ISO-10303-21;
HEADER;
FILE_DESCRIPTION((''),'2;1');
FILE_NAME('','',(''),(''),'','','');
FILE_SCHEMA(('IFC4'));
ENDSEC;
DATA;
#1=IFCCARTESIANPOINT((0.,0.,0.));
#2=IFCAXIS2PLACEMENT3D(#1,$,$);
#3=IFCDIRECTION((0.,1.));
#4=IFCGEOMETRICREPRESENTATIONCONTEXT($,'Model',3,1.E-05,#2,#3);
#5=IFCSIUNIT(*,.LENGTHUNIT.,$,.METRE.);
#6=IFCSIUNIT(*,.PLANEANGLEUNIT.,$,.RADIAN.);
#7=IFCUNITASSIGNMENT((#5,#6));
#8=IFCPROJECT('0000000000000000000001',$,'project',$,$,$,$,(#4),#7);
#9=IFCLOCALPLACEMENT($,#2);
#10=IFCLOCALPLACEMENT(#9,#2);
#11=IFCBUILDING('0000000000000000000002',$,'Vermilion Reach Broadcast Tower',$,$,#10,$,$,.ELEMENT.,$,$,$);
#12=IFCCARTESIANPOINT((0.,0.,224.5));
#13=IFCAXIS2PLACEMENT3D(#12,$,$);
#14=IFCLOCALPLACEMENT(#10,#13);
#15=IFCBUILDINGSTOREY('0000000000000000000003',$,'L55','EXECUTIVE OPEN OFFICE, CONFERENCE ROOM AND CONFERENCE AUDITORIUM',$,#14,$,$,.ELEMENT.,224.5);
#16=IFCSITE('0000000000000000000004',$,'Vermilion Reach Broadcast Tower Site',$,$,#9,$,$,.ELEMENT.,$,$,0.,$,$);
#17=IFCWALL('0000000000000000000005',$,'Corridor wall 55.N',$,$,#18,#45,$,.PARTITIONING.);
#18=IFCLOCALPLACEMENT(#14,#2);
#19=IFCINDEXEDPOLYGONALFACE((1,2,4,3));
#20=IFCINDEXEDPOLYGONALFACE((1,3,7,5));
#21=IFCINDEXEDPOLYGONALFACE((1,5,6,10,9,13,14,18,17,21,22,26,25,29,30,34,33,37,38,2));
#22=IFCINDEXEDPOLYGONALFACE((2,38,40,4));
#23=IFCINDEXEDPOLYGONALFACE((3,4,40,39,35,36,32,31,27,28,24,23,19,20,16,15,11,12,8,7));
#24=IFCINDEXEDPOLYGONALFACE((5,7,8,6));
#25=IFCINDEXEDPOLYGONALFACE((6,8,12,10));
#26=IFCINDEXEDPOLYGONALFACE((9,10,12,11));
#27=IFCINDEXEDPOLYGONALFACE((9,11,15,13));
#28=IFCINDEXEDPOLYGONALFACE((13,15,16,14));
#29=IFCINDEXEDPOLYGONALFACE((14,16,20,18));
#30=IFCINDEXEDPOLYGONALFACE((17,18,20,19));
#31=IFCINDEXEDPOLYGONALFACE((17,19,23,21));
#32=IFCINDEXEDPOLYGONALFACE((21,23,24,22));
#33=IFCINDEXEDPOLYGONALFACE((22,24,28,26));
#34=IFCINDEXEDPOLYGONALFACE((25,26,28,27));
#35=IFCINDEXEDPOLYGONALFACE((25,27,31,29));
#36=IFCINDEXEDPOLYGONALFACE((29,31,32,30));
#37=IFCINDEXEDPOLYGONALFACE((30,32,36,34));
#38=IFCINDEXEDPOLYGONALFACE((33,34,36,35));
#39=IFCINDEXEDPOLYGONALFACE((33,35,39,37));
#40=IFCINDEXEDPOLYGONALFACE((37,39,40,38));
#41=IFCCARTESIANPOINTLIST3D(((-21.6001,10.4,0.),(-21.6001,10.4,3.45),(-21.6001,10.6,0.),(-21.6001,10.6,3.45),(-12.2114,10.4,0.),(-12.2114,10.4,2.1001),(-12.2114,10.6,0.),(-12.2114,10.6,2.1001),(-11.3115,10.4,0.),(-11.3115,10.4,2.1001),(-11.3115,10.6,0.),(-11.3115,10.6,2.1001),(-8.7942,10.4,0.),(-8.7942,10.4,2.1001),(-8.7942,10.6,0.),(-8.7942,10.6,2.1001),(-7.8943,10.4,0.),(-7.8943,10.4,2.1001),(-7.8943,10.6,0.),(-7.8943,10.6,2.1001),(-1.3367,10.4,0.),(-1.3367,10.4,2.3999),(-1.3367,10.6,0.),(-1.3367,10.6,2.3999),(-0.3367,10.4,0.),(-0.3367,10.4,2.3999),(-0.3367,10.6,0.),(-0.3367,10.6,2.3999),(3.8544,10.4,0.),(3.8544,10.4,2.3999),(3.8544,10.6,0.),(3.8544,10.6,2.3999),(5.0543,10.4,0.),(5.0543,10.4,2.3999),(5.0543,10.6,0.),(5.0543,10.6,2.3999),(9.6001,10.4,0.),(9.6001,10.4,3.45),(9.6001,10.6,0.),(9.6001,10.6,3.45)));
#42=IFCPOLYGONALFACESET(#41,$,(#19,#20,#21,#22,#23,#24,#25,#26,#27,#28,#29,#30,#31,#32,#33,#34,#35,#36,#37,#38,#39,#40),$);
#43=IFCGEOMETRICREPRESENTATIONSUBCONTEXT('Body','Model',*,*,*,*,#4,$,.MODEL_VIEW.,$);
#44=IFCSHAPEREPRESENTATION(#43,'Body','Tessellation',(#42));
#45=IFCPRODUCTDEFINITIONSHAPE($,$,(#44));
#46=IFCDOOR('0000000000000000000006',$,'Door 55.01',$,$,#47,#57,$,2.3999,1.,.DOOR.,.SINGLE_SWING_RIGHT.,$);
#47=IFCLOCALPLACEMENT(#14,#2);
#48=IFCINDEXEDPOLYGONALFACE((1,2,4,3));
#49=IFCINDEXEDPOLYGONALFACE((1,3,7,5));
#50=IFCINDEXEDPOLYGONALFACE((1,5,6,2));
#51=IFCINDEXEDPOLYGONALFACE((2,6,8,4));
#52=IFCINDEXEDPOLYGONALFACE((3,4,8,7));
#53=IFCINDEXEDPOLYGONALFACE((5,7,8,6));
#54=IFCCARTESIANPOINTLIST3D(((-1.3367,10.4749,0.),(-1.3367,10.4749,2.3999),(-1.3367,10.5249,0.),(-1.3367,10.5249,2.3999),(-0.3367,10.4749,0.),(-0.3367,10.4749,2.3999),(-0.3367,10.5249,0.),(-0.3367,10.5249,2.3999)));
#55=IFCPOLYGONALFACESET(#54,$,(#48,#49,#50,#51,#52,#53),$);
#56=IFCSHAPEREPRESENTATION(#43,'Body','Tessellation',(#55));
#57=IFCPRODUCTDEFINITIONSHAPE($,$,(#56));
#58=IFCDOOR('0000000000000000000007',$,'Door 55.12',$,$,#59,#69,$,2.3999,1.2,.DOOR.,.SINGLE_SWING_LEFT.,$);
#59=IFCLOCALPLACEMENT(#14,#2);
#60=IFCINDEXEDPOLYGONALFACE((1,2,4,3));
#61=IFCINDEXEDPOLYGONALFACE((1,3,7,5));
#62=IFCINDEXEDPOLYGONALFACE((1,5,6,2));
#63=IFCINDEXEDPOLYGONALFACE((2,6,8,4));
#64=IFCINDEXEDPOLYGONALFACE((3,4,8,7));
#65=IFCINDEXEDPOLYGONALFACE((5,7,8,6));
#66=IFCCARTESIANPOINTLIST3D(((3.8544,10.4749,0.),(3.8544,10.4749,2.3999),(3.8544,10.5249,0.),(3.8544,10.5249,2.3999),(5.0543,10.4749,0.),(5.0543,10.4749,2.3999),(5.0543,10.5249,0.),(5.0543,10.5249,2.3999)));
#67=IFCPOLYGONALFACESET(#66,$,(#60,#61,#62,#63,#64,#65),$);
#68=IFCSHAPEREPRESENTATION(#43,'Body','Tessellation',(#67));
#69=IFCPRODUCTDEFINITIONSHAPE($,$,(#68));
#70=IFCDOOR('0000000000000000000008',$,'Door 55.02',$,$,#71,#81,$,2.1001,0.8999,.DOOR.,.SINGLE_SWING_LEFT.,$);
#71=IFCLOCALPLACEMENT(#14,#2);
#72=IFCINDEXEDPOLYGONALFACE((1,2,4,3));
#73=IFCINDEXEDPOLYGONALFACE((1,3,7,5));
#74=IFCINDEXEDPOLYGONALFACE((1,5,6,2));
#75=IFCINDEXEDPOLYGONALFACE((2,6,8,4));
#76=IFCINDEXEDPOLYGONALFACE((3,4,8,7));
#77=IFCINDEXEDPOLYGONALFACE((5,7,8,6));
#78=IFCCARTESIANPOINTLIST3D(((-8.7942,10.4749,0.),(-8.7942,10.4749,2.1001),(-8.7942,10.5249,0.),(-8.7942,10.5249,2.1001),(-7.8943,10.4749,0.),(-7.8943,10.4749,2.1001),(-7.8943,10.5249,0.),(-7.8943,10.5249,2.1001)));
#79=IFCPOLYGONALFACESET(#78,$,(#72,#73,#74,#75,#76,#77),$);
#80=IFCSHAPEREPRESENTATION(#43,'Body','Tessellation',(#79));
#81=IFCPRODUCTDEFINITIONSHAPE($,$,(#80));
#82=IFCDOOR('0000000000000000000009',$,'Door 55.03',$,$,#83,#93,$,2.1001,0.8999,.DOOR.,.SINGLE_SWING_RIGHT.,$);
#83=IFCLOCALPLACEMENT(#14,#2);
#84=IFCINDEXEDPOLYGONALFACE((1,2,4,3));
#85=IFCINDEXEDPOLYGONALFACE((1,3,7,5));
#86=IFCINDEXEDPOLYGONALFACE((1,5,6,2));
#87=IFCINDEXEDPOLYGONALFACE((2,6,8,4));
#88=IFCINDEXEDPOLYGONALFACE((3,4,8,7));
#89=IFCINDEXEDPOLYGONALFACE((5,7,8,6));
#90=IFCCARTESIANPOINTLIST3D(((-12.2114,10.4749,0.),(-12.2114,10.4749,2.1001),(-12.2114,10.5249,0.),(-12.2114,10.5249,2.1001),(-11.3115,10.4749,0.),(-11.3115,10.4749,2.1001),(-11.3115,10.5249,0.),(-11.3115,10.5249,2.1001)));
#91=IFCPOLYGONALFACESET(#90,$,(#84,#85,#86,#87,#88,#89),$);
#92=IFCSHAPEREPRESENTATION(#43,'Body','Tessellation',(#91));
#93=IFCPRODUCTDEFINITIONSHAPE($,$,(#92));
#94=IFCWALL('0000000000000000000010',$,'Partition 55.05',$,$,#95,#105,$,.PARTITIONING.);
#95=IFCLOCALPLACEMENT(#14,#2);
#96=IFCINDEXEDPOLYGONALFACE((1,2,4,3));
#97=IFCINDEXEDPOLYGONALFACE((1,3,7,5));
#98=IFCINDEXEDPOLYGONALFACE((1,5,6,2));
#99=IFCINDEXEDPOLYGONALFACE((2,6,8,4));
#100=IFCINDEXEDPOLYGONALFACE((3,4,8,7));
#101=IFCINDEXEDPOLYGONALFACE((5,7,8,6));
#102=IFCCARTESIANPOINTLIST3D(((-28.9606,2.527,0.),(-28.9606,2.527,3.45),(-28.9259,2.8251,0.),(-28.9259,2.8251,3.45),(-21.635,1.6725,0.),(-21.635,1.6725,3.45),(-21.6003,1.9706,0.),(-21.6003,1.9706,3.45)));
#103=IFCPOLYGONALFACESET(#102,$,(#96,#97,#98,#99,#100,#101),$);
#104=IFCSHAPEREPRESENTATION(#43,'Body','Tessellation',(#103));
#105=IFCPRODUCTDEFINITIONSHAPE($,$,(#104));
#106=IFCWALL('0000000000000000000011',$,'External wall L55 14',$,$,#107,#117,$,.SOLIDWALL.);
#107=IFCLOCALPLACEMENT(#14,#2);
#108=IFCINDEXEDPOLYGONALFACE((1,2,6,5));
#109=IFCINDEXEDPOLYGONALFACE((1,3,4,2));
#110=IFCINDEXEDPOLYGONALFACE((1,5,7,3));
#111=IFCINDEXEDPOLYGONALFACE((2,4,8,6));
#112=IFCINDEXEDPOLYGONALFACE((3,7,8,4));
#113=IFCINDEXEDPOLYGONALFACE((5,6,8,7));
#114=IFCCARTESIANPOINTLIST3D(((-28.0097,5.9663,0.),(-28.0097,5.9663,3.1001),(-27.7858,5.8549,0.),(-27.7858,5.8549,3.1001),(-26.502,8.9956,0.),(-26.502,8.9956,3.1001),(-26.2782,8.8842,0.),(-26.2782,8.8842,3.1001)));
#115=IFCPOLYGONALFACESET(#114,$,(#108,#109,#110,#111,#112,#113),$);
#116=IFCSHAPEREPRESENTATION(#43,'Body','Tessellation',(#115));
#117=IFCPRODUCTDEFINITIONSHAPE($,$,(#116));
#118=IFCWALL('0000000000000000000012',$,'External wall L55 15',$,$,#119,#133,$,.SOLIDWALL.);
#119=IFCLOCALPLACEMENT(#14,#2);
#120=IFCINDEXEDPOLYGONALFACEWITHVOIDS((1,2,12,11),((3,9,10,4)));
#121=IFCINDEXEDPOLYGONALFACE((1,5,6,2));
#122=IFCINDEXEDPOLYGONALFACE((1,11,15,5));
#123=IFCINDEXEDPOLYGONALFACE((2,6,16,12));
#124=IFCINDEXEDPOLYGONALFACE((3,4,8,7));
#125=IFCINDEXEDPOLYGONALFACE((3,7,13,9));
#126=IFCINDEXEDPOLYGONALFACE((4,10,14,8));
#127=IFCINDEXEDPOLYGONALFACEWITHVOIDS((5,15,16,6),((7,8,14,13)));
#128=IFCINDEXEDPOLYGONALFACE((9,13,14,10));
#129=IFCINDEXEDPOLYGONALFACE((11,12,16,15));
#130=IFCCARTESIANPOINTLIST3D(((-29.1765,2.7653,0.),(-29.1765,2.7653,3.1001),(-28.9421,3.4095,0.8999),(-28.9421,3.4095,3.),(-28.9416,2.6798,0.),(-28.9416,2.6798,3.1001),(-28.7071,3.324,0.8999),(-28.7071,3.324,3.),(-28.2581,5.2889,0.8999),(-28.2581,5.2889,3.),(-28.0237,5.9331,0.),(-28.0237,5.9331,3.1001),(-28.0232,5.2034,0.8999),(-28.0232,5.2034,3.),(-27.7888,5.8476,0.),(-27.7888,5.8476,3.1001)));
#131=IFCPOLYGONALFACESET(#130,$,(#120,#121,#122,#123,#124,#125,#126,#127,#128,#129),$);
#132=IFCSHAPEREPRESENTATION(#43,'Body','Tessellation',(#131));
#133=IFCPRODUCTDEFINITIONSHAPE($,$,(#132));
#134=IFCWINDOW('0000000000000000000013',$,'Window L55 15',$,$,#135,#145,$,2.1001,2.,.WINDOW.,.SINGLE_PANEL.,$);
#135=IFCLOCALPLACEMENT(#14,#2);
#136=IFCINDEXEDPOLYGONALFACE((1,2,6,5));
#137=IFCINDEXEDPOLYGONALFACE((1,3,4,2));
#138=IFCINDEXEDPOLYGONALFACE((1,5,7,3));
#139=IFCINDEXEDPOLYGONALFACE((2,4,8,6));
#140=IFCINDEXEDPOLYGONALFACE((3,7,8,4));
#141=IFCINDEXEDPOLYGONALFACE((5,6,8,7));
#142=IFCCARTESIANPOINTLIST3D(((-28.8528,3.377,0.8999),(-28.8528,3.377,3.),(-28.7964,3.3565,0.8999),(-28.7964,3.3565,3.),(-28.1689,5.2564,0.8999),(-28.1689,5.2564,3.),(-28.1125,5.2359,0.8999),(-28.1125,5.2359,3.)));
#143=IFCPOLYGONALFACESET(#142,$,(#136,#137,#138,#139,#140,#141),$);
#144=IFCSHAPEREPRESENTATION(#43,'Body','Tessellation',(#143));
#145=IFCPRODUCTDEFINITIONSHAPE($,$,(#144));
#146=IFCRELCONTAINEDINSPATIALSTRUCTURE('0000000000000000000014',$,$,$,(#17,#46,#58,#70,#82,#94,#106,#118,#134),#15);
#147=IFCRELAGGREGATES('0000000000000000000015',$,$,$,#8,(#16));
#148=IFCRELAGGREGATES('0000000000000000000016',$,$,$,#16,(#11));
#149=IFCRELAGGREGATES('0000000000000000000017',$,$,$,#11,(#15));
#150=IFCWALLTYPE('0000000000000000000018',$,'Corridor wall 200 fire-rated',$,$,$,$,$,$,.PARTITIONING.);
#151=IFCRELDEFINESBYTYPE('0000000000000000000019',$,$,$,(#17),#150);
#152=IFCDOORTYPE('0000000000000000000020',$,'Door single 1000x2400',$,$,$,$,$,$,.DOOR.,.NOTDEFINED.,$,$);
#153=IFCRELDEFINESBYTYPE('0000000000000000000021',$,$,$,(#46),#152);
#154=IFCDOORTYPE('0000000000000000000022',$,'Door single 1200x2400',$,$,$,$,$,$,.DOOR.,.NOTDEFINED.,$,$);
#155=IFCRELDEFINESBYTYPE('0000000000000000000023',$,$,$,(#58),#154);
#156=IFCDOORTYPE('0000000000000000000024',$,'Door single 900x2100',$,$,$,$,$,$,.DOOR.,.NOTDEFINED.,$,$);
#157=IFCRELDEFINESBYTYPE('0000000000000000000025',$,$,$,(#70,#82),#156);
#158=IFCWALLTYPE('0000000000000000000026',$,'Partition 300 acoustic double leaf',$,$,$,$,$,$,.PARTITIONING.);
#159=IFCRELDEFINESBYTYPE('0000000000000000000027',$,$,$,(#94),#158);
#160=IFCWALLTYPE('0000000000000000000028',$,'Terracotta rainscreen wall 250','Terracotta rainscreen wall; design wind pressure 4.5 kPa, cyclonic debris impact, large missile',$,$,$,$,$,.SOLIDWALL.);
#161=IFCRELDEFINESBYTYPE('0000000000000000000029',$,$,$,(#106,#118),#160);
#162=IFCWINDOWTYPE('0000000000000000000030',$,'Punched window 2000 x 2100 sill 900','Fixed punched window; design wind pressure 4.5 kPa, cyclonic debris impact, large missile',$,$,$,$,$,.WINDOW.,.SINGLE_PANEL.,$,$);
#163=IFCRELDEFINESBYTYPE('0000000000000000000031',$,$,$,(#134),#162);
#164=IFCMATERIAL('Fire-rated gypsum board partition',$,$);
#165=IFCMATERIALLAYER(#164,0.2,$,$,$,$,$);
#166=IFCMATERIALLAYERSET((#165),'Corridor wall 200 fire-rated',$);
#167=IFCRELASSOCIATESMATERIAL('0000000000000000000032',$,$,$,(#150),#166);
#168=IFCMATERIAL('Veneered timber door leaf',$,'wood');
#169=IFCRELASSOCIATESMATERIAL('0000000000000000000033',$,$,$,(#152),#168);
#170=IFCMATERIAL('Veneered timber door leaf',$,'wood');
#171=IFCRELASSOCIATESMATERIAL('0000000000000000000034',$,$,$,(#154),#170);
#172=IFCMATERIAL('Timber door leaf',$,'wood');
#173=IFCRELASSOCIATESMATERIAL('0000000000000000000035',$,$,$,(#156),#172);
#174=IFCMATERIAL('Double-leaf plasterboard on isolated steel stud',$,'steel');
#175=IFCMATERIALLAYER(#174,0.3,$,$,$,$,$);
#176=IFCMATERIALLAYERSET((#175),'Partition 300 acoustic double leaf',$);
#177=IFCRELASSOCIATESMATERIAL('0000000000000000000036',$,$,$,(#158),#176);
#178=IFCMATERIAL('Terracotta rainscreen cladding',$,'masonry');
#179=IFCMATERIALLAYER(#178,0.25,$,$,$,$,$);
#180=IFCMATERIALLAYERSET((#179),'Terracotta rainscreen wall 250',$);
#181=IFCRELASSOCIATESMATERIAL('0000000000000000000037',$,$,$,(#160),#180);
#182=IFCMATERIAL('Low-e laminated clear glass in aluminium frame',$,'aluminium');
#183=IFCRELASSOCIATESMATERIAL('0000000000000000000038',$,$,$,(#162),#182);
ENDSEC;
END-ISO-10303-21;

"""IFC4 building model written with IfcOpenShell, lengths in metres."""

from ifc_helpers import new_model, si_unit, direction, frame, frame_2d, origin, place, context, subcontext, project, spatial, rectangle, extrude, material, layer, layer_set, type_object, element, fill, save


model = new_model("IFC4")

# Units and contexts
model_context = context("Model", 3, precision=1e-05, world=origin(), true_north=direction((0.0, 1.0)))
body_context = subcontext(model_context, "Body", "Model", "MODEL_VIEW")
ifc_project = project(units=[si_unit("LENGTHUNIT", "METRE"), si_unit("PLANEANGLEUNIT", "RADIAN")], contexts=[model_context])

# Site, building, storey
site_placement = place(None, origin())
site = spatial("IfcSite", under=ifc_project, at=site_placement, Name="Vermilion Reach Broadcast Tower Site", CompositionType="ELEMENT", RefElevation=0.0)
building_placement = place(site_placement, origin())
building = spatial("IfcBuilding", under=site, at=building_placement, Name="Vermilion Reach Broadcast Tower", CompositionType="ELEMENT")
storey_placement = place(building_placement, frame((0.0, 0.0, 224.5)))
storey = spatial("IfcBuildingStorey", under=building, at=storey_placement, Name="L55", Description="EXECUTIVE OPEN OFFICE, CONFERENCE ROOM AND CONFERENCE AUDITORIUM", CompositionType="ELEMENT", Elevation=224.5)

# Wall, openings, doors
ifc_material_1 = material(Name="Fire-rated gypsum board partition")
ifc_layer_1 = layer(ifc_material_1, 0.2)
ifc_layer_set_1 = layer_set([ifc_layer_1], Name="Corridor wall 200 fire-rated")
wall_type_1 = type_object("IfcWallType", Name="Corridor wall 200 fire-rated", PredefinedType="PARTITIONING", material=ifc_layer_set_1)
wall_1_placement = place(storey_placement, frame((-21.6001, 10.5, 0.0), z_axis=(0.0, 0.0, 1.0), x_axis=(1.0, 0.0, 0.0)))
wall_1 = element("IfcWall", 1, at=wall_1_placement, inside=storey, type_object=wall_type_1, Name="Corridor wall 55.N", PredefinedType="PARTITIONING", context=body_context, shape_type="SweptSolid", body=[
    extrude(rectangle(XDim=31.2002, YDim=0.2, at=frame_2d((15.6001, 0.0))), origin(), (0.0, 0.0, 1.0), 3.45),
])
opening_1_placement = place(wall_1_placement, frame((20.2634, 0.0, 0.0)))
opening_1 = element("IfcOpeningElement", 2, at=opening_1_placement, cuts=wall_1, PredefinedType="OPENING", context=body_context, shape_type="SweptSolid", body=[
    extrude(rectangle(XDim=1.0, YDim=2.3999, at=frame_2d((0.5, 1.2))), frame((0.0, 0.1099, 0.0), z_axis=(0.0, -1.0, 0.0), x_axis=(1.0, 0.0, 0.0)), (0.0, 0.0, 1.0), 0.22),
])
opening_2_placement = place(wall_1_placement, frame((12.8059, 0.0, 0.0)))
opening_2 = element("IfcOpeningElement", 3, at=opening_2_placement, cuts=wall_1, PredefinedType="OPENING", context=body_context, shape_type="SweptSolid", body=[
    extrude(rectangle(XDim=0.8999, YDim=2.1001, at=frame_2d((0.45, 1.05))), frame((0.0, 0.1099, 0.0), z_axis=(0.0, -1.0, 0.0), x_axis=(1.0, 0.0, 0.0)), (0.0, 0.0, 1.0), 0.22),
])
opening_3_placement = place(wall_1_placement, frame((9.3887, 0.0, 0.0)))
opening_3 = element("IfcOpeningElement", 4, at=opening_3_placement, cuts=wall_1, PredefinedType="OPENING", context=body_context, shape_type="SweptSolid", body=[
    extrude(rectangle(XDim=0.8999, YDim=2.1001, at=frame_2d((0.45, 1.05))), frame((0.0, 0.1099, 0.0), z_axis=(0.0, -1.0, 0.0), x_axis=(1.0, 0.0, 0.0)), (0.0, 0.0, 1.0), 0.22),
])
opening_4_placement = place(wall_1_placement, frame((25.4543, 0.0, 0.0)))
opening_4 = element("IfcOpeningElement", 5, at=opening_4_placement, cuts=wall_1, PredefinedType="OPENING", context=body_context, shape_type="SweptSolid", body=[
    extrude(rectangle(XDim=1.2, YDim=2.3999, at=frame_2d((0.6001, 1.2))), frame((0.0, 0.1099, 0.0), z_axis=(0.0, -1.0, 0.0), x_axis=(1.0, 0.0, 0.0)), (0.0, 0.0, 1.0), 0.22),
])
ifc_material_2 = material(Name="Veneered timber door leaf", Category="wood")
door_type_1 = type_object("IfcDoorType", Name="Door single 1000x2400", OperationType="NOTDEFINED", PredefinedType="DOOR", material=ifc_material_2)
door_1_placement = place(opening_1_placement, origin())
door_1 = element("IfcDoor", 6, at=door_1_placement, inside=storey, type_object=door_type_1, Name="Door 55.01", OperationType="SINGLE_SWING_RIGHT", OverallHeight=2.3999, OverallWidth=1.0, PredefinedType="DOOR", context=body_context, shape_type="SweptSolid", body=[
    extrude(rectangle(XDim=1.0, YDim=2.3999, at=frame_2d((0.5, 1.2))), frame((0.0, 0.0249, 0.0), z_axis=(0.0, -1.0, 0.0), x_axis=(1.0, 0.0, 0.0)), (0.0, 0.0, 1.0), 0.05),
])
fill(opening_1, door_1)
ifc_material_3 = material(Name="Veneered timber door leaf", Category="wood")
door_type_2 = type_object("IfcDoorType", Name="Door single 1200x2400", OperationType="NOTDEFINED", PredefinedType="DOOR", material=ifc_material_3)
door_2_placement = place(opening_4_placement, origin())
door_2 = element("IfcDoor", 7, at=door_2_placement, inside=storey, type_object=door_type_2, Name="Door 55.12", OperationType="SINGLE_SWING_LEFT", OverallHeight=2.3999, OverallWidth=1.2, PredefinedType="DOOR", context=body_context, shape_type="SweptSolid", body=[
    extrude(rectangle(XDim=1.2, YDim=2.3999, at=frame_2d((0.6001, 1.2))), frame((0.0, 0.0249, 0.0), z_axis=(0.0, -1.0, 0.0), x_axis=(1.0, 0.0, 0.0)), (0.0, 0.0, 1.0), 0.05),
])
fill(opening_4, door_2)
ifc_material_4 = material(Name="Timber door leaf", Category="wood")
door_type_3 = type_object("IfcDoorType", Name="Door single 900x2100", OperationType="NOTDEFINED", PredefinedType="DOOR", material=ifc_material_4)
door_3_placement = place(opening_2_placement, origin())
door_3 = element("IfcDoor", 8, at=door_3_placement, inside=storey, type_object=door_type_3, Name="Door 55.02", OperationType="SINGLE_SWING_LEFT", OverallHeight=2.1001, OverallWidth=0.8999, PredefinedType="DOOR", context=body_context, shape_type="SweptSolid", body=[
    extrude(rectangle(XDim=0.8999, YDim=2.1001, at=frame_2d((0.45, 1.05))), frame((0.0, 0.0249, 0.0), z_axis=(0.0, -1.0, 0.0), x_axis=(1.0, 0.0, 0.0)), (0.0, 0.0, 1.0), 0.05),
])
fill(opening_2, door_3)
door_4_placement = place(opening_3_placement, origin())
door_4 = element("IfcDoor", 9, at=door_4_placement, inside=storey, type_object=door_type_3, Name="Door 55.03", OperationType="SINGLE_SWING_RIGHT", OverallHeight=2.1001, OverallWidth=0.8999, PredefinedType="DOOR", context=body_context, shape_type="SweptSolid", body=[
    extrude(rectangle(XDim=0.8999, YDim=2.1001, at=frame_2d((0.45, 1.05))), frame((0.0, 0.0249, 0.0), z_axis=(0.0, -1.0, 0.0), x_axis=(1.0, 0.0, 0.0)), (0.0, 0.0, 1.0), 0.05),
])
fill(opening_3, door_4)

# Walls
ifc_material_5 = material(Name="Double-leaf plasterboard on isolated steel stud", Category="steel")
ifc_layer_2 = layer(ifc_material_5, 0.3)
ifc_layer_set_2 = layer_set([ifc_layer_2], Name="Partition 300 acoustic double leaf")
wall_type_2 = type_object("IfcWallType", Name="Partition 300 acoustic double leaf", PredefinedType="PARTITIONING", material=ifc_layer_set_2)
wall_2_placement = place(storey_placement, frame((-28.9431, 2.676, 0.0), z_axis=(0.0, 0.0, 1.0), x_axis=(0.993266, -0.115858, 0.0)))
element("IfcWall", 10, at=wall_2_placement, inside=storey, type_object=wall_type_2, Name="Partition 55.05", PredefinedType="PARTITIONING", context=body_context, shape_type="SweptSolid", body=[
    extrude(rectangle(XDim=7.3752, YDim=0.3, at=frame_2d((3.6875, 0.0))), origin(), (0.0, 0.0, 1.0), 3.45),
])
ifc_material_6 = material(Name="Terracotta rainscreen cladding", Category="masonry")
ifc_layer_3 = layer(ifc_material_6, 0.25)
ifc_layer_set_3 = layer_set([ifc_layer_3], Name="Terracotta rainscreen wall 250")
wall_type_3 = type_object("IfcWallType", Name="Terracotta rainscreen wall 250", Description="Terracotta rainscreen wall; design wind pressure 4.5 kPa, cyclonic debris impact, large missile", PredefinedType="SOLIDWALL", material=ifc_layer_set_3)
wall_3_placement = place(storey_placement, frame((-26.3901, 8.9399, 0.0), z_axis=(0.0, 0.0, 1.0), x_axis=(-0.445539, -0.895263, 0.0)))
element("IfcWall", 11, at=wall_3_placement, inside=storey, type_object=wall_type_3, Name="External wall L55 14", PredefinedType="SOLIDWALL", context=body_context, shape_type="SweptSolid", body=[
    extrude(rectangle(XDim=3.3838, YDim=0.25, at=frame_2d((1.6919, 0.0))), origin(), (0.0, 0.0, 1.0), 3.1001),
])

# Wall, opening, window
wall_4_placement = place(storey_placement, frame((-27.9062, 5.8904, 0.0), z_axis=(0.0, 0.0, 1.0), x_axis=(-0.341964, -0.939713, 0.0)))
wall_4 = element("IfcWall", 12, at=wall_4_placement, inside=storey, type_object=wall_type_3, Name="External wall L55 15", PredefinedType="SOLIDWALL", context=body_context, shape_type="SweptSolid", body=[
    extrude(rectangle(XDim=3.3711, YDim=0.25, at=frame_2d((1.6855, 0.0))), origin(), (0.0, 0.0, 1.0), 3.1001),
])
opening_5_placement = place(wall_4_placement, frame((0.6855, 0.0, 0.8999)))
opening_5 = element("IfcOpeningElement", 13, at=opening_5_placement, cuts=wall_4, PredefinedType="OPENING", context=body_context, shape_type="SweptSolid", body=[
    extrude(rectangle(XDim=2.0, YDim=2.1001, at=frame_2d((1.0, 1.05))), frame((0.0, 0.135, 0.0), z_axis=(0.0, -1.0, 0.0), x_axis=(1.0, 0.0, 0.0)), (0.0, 0.0, 1.0), 0.27),
])
ifc_material_7 = material(Name="Low-e laminated clear glass in aluminium frame", Category="aluminium")
window_type = type_object("IfcWindowType", Name="Punched window 2000 x 2100 sill 900", Description="Fixed punched window; design wind pressure 4.5 kPa, cyclonic debris impact, large missile", PartitioningType="SINGLE_PANEL", PredefinedType="WINDOW", material=ifc_material_7)
window_placement = place(opening_5_placement, origin())
window = element("IfcWindow", 14, at=window_placement, inside=storey, type_object=window_type, Name="Window L55 15", OverallHeight=2.1001, OverallWidth=2.0, PartitioningType="SINGLE_PANEL", PredefinedType="WINDOW", context=body_context, shape_type="SweptSolid", body=[
    extrude(rectangle(XDim=2.0, YDim=2.1001, at=frame_2d((1.0, 1.05))), frame((0.0, 0.03, 0.0), z_axis=(0.0, -1.0, 0.0), x_axis=(1.0, 0.0, 0.0)), (0.0, 0.0, 1.0), 0.0601),
])
fill(opening_5, window)

save(model, "model.ifc")
